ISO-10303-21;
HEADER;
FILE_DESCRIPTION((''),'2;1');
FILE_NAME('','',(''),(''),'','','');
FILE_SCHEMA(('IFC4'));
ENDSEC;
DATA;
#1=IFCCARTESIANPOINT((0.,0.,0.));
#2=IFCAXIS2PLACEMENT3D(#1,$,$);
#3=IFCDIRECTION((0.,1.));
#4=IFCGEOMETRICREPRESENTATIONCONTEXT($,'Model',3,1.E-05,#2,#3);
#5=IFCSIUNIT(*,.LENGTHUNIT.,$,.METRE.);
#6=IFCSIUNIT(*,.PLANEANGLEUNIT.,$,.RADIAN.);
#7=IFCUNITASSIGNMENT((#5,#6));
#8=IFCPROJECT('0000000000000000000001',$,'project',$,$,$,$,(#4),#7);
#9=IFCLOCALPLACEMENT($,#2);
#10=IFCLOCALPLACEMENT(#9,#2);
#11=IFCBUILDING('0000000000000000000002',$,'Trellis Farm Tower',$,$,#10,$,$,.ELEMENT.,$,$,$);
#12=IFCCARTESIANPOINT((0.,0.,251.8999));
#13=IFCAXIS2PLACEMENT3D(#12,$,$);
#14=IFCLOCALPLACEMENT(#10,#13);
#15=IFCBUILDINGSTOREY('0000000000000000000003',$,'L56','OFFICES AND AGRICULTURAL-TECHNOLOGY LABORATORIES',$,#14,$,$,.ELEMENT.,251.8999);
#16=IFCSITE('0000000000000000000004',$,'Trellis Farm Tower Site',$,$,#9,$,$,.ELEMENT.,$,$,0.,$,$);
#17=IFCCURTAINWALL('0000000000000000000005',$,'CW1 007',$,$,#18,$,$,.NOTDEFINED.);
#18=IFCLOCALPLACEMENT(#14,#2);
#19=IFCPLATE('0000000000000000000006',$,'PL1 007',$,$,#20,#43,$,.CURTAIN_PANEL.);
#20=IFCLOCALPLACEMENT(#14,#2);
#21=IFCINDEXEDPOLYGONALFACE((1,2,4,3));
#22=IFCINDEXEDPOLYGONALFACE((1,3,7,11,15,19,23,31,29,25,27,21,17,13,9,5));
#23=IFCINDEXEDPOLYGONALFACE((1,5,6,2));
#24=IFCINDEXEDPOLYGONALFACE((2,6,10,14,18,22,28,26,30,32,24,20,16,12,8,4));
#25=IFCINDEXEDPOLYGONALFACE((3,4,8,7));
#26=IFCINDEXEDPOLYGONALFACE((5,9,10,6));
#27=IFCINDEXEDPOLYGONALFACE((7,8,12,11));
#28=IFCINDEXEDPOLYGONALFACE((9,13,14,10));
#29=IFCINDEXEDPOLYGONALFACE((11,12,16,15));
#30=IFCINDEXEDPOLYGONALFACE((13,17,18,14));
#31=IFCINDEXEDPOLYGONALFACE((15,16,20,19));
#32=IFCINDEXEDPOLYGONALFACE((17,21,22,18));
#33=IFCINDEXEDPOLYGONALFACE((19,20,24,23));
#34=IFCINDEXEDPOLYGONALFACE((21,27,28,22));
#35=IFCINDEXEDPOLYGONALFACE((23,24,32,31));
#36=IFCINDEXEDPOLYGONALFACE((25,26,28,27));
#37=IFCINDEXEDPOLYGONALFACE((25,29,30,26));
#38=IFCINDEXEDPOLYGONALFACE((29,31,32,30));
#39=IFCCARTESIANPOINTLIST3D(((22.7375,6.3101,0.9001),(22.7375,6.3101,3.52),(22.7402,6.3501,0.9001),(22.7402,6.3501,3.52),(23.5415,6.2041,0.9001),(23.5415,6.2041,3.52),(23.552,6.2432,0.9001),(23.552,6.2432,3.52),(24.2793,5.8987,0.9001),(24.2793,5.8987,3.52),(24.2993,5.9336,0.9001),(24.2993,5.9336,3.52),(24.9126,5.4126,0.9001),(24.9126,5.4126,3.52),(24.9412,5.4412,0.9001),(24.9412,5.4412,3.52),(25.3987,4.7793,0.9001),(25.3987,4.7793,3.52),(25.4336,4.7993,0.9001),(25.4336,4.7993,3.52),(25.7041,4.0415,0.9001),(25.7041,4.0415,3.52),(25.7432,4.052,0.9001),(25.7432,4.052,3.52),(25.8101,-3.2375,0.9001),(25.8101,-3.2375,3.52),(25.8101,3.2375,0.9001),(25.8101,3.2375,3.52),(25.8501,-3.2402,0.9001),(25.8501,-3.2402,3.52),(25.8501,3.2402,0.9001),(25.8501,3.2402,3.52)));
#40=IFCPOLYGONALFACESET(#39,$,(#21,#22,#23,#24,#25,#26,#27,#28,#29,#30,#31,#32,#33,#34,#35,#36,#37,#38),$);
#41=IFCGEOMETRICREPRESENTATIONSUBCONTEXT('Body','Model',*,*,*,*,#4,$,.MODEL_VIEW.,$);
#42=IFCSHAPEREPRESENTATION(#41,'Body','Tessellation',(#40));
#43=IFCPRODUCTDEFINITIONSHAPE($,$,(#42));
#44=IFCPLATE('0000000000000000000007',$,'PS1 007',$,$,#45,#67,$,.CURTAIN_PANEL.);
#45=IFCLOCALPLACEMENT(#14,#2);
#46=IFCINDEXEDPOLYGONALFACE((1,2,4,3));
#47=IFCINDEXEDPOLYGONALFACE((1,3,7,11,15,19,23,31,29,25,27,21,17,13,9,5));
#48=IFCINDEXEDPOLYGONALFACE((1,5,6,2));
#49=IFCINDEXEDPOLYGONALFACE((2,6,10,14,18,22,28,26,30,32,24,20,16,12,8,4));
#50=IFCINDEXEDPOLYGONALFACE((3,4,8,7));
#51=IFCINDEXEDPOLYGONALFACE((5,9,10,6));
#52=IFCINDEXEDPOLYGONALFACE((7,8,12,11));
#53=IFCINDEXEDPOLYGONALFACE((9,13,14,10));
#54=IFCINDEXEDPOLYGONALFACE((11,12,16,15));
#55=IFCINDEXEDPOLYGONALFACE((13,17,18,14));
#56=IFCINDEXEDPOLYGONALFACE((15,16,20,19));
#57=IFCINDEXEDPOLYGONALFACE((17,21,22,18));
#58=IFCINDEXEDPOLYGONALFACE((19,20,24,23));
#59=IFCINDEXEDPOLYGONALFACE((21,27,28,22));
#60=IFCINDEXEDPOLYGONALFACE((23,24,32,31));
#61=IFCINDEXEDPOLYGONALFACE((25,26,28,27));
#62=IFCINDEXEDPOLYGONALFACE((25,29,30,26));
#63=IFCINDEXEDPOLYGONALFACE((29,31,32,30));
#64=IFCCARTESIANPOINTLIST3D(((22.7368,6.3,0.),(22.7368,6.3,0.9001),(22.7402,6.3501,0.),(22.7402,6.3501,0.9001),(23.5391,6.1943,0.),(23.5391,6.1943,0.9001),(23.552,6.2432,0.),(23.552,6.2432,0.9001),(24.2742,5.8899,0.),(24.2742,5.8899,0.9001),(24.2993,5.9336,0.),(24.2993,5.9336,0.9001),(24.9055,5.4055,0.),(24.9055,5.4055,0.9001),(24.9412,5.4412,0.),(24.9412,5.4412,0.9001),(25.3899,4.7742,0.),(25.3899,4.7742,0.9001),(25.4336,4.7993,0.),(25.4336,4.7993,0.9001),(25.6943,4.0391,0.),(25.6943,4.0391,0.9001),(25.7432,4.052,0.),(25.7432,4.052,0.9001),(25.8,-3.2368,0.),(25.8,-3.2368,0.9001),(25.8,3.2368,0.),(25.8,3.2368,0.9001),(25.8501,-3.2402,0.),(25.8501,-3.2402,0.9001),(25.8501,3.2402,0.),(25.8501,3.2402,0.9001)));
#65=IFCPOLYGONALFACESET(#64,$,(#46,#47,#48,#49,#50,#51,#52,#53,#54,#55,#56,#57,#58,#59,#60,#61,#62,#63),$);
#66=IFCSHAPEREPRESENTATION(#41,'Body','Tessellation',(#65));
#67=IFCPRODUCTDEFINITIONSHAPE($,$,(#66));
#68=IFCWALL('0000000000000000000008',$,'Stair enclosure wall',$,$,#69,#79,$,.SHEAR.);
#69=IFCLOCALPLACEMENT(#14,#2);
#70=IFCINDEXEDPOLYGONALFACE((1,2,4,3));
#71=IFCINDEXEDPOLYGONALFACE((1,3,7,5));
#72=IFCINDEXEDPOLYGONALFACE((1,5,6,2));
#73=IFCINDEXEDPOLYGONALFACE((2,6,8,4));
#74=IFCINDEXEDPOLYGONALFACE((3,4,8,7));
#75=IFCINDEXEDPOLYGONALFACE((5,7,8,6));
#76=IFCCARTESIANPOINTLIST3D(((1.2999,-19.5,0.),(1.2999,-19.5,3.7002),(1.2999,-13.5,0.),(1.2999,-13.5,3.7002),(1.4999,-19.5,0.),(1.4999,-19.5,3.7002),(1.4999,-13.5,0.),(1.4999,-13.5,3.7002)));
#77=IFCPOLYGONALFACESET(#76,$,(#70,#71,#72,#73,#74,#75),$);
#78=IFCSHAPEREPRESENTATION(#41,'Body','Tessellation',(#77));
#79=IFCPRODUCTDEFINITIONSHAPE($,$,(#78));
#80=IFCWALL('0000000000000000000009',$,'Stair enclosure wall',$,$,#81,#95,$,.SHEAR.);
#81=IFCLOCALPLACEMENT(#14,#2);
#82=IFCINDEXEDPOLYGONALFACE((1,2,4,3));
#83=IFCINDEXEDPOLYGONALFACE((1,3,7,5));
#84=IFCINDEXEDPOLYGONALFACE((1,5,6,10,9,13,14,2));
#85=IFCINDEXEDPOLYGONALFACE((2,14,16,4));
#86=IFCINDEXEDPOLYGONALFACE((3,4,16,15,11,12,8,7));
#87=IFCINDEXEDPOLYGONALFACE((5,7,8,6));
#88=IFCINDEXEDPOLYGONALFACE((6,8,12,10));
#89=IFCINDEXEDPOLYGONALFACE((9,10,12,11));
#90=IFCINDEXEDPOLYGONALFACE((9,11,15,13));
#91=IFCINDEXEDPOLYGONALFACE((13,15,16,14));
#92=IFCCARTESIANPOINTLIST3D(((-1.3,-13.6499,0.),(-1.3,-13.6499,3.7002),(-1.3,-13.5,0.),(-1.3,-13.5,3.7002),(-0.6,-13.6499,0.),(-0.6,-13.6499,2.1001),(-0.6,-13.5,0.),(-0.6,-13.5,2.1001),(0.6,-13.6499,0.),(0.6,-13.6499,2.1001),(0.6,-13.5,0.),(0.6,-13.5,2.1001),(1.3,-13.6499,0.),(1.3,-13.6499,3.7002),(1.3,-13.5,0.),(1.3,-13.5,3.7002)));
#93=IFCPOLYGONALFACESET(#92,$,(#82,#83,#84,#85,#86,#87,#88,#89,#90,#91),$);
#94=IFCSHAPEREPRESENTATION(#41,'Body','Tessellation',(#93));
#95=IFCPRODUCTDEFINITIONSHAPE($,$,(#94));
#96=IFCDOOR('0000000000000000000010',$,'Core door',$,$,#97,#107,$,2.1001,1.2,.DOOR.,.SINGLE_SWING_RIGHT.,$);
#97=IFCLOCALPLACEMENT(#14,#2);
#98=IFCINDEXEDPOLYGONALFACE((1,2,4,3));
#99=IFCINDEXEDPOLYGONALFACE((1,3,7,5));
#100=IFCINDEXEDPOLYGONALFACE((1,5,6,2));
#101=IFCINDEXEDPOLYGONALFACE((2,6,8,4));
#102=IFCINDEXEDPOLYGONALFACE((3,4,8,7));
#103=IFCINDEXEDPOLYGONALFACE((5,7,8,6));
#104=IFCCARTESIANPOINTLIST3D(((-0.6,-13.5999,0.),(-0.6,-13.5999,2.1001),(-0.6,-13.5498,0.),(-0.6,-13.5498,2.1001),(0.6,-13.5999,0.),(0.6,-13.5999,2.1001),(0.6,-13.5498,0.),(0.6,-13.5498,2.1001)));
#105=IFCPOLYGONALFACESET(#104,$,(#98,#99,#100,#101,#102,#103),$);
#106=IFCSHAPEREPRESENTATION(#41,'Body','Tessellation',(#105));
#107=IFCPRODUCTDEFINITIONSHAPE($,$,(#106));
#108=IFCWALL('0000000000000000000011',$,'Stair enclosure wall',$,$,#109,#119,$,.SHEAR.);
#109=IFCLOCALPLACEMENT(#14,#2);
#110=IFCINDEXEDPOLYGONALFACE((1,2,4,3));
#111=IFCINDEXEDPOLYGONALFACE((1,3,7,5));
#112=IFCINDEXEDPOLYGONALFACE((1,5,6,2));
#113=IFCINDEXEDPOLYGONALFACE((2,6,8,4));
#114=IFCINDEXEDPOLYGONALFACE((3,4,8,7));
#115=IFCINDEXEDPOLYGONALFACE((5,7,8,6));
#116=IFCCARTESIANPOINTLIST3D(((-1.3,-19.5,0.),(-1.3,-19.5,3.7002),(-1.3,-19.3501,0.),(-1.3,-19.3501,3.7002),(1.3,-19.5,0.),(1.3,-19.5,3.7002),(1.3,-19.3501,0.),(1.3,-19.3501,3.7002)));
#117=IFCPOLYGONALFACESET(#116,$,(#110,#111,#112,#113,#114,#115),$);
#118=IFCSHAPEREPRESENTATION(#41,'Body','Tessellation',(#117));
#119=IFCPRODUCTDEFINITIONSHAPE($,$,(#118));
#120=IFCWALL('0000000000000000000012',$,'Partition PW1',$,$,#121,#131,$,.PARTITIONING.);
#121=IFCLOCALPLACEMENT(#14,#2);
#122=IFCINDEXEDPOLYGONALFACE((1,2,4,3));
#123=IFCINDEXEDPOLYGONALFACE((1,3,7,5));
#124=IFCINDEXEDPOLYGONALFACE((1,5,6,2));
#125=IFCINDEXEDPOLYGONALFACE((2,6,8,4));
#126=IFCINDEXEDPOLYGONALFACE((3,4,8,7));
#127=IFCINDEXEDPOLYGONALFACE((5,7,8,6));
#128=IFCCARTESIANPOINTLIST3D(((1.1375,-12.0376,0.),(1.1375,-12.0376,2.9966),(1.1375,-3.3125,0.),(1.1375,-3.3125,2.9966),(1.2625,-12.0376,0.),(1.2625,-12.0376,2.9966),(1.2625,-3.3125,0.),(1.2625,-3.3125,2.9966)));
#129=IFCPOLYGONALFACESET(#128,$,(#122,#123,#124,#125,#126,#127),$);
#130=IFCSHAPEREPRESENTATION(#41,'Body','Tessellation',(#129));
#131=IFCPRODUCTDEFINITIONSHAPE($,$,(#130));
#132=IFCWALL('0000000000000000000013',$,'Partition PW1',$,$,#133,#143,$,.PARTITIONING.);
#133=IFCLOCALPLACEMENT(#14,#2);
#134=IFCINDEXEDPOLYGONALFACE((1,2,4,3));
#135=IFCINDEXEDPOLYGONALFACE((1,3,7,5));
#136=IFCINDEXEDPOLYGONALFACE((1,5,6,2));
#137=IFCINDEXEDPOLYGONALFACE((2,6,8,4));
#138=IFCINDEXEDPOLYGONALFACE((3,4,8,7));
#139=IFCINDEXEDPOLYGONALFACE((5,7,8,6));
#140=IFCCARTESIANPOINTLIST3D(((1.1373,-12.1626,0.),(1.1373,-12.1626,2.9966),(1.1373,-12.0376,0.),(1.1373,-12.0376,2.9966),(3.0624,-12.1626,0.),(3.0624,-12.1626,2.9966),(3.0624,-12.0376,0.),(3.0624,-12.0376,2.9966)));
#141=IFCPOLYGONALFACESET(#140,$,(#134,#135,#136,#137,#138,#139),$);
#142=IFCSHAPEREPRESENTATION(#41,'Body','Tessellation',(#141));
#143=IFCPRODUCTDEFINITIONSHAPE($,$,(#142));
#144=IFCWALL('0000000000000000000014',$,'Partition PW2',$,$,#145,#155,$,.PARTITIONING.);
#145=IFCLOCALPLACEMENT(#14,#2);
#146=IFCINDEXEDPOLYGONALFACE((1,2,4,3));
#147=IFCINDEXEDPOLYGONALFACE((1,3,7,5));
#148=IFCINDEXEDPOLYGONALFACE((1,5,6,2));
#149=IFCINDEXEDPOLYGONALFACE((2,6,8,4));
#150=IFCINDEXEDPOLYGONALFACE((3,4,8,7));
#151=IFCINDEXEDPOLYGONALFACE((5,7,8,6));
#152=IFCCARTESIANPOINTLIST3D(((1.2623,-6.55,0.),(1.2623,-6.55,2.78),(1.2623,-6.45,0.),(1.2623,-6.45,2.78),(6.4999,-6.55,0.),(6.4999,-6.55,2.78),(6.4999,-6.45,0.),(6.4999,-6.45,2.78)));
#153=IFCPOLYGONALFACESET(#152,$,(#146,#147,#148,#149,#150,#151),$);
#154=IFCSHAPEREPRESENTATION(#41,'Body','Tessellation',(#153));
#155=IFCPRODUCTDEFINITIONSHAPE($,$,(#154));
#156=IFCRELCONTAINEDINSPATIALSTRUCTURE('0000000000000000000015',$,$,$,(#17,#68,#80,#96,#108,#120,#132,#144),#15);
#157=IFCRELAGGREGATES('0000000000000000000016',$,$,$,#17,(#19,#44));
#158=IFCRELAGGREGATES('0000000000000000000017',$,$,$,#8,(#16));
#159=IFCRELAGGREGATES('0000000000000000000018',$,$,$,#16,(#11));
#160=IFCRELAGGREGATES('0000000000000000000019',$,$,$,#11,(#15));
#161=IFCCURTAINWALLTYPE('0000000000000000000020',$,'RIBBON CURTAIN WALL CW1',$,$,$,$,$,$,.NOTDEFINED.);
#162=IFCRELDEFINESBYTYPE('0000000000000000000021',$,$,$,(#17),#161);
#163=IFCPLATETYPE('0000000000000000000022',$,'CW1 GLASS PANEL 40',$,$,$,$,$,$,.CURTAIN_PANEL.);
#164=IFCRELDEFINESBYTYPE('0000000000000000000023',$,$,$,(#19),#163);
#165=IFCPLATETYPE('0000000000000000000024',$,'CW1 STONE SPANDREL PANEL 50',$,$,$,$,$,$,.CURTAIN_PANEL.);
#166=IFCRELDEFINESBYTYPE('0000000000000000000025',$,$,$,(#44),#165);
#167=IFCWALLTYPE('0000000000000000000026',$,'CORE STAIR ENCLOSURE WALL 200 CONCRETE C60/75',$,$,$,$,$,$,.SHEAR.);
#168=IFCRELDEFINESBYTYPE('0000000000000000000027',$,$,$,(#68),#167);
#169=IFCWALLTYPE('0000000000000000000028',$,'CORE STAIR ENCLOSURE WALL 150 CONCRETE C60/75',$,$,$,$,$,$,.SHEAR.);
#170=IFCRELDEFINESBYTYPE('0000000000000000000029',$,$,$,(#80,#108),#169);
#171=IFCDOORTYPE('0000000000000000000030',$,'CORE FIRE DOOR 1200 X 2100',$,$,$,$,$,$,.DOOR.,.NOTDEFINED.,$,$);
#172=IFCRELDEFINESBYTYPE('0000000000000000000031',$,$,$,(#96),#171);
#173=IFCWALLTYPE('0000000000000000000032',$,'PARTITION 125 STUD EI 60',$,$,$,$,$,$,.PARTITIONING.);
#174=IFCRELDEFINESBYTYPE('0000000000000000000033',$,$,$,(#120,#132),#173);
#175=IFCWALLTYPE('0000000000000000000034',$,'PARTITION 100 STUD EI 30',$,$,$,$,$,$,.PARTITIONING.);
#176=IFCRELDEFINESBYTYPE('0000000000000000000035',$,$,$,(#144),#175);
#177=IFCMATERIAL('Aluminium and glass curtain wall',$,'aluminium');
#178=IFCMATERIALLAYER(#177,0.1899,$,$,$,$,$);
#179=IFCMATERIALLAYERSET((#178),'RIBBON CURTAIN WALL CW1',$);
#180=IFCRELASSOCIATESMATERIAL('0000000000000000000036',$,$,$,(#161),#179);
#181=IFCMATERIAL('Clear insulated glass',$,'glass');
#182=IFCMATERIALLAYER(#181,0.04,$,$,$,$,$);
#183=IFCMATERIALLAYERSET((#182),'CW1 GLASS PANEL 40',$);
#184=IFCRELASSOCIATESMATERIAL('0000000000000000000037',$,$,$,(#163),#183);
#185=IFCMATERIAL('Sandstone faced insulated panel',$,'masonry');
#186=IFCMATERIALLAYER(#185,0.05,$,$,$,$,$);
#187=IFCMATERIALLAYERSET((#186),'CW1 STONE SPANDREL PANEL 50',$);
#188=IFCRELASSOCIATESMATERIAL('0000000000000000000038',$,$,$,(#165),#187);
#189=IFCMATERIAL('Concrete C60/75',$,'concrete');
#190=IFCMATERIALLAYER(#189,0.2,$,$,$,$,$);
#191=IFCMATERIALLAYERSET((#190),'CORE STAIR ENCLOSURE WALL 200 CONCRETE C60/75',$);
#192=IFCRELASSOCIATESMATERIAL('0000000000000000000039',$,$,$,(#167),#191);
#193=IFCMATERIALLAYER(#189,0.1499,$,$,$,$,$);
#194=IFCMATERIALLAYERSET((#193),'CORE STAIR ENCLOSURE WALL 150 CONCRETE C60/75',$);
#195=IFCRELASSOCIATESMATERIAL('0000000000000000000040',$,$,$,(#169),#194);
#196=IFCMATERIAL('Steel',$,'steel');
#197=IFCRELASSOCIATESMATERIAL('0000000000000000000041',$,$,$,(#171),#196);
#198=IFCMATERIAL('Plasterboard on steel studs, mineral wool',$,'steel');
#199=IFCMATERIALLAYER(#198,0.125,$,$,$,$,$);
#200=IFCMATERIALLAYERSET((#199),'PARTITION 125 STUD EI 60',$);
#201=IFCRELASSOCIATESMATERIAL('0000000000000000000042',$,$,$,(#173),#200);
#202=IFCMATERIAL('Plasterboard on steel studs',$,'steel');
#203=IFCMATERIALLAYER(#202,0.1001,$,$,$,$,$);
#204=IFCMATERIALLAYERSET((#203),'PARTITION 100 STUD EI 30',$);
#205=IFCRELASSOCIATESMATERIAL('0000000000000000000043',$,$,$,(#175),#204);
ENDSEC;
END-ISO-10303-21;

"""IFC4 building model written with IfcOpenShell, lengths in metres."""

from ifc_helpers import new_model, si_unit, direction, frame, frame_2d, origin, place, context, subcontext, project, spatial, polyline, rectangle, outline, extrude, source, transform, mapped, material, layer, layer_set, type_object, element, fill, aggregate, save


model = new_model("IFC4")

# Units and contexts
model_context = context("Model", 3, precision=1e-05, world=origin(), true_north=direction((0.0, 1.0)))
body_context = subcontext(model_context, "Body", "Model", "MODEL_VIEW")
ifc_project = project(units=[si_unit("LENGTHUNIT", "METRE"), si_unit("PLANEANGLEUNIT", "RADIAN")], contexts=[model_context])

# Site, building, storey
site_placement = place(None, origin())
site = spatial("IfcSite", under=ifc_project, at=site_placement, Name="Trellis Farm Tower Site", CompositionType="ELEMENT", RefElevation=0.0)
building_placement = place(site_placement, origin())
building = spatial("IfcBuilding", under=site, at=building_placement, Name="Trellis Farm Tower", CompositionType="ELEMENT")
storey_placement = place(building_placement, frame((0.0, 0.0, 251.8999)))
storey = spatial("IfcBuildingStorey", under=building, at=storey_placement, Name="L56", Description="OFFICES AND AGRICULTURAL-TECHNOLOGY LABORATORIES", CompositionType="ELEMENT", Elevation=251.8999)

# Shared definitions
ifc_material_1 = material(Name="Concrete C60/75", Category="concrete")

# Curtain wall
ifc_material_2 = material(Name="Aluminium and glass curtain wall", Category="aluminium")
placement_1 = place(storey_placement, origin())
ifc_layer_1 = layer(ifc_material_2, 0.1899)
ifc_layer_set_1 = layer_set([ifc_layer_1], Name="RIBBON CURTAIN WALL CW1")
curtain_wall_type_1 = type_object("IfcCurtainWallType", Name="RIBBON CURTAIN WALL CW1", PredefinedType="NOTDEFINED", material=ifc_layer_set_1)
curtain_wall_1 = element("IfcCurtainWall", 1, at=placement_1, inside=storey, type_object=curtain_wall_type_1, Name="CW1 007", PredefinedType="NOTDEFINED")

# Shared definitions
ifc_material_3 = material(Name="Clear insulated glass", Category="glass")
ifc_layer_2 = layer(ifc_material_3, 0.04)
ifc_layer_set_2 = layer_set([ifc_layer_2], Name="CW1 GLASS PANEL 40")
plate_type_1 = type_object("IfcPlateType", Name="CW1 GLASS PANEL 40", PredefinedType="CURTAIN_PANEL", material=ifc_layer_set_2)
placement_2 = place(storey_placement, frame((0.0, 0.0, 0.9001)))
ifc_material_4 = material(Name="Sandstone faced insulated panel", Category="masonry")
ifc_layer_3 = layer(ifc_material_4, 0.05)
ifc_layer_set_3 = layer_set([ifc_layer_3], Name="CW1 STONE SPANDREL PANEL 50")
plate_type_2 = type_object("IfcPlateType", Name="CW1 STONE SPANDREL PANEL 50", PredefinedType="CURTAIN_PANEL", material=ifc_layer_set_3)

# Plates
shared_shape_1 = source(origin(), body_context, "Body", "SweptSolid", [
    extrude(outline(polyline([(25.8501, -3.2402), (25.8501, 3.2402), (25.7432, 4.052), (25.4336, 4.7993), (24.9412, 5.4412), (24.2993, 5.9336), (23.552, 6.2432), (22.7402, 6.3501), (22.7375, 6.3101), (23.5415, 6.2041), (24.2793, 5.8987), (24.9126, 5.4126), (25.3987, 4.7793), (25.7041, 4.0415), (25.8101, 3.2375), (25.8101, -3.2375), (25.8501, -3.2402)])), origin(), (0.0, 0.0, 1.0), 2.6199),
])
plate_1 = element("IfcPlate", 2, at=placement_2, type_object=plate_type_1, Name="PL1 007", PredefinedType="CURTAIN_PANEL", context=body_context, shape_type="MappedRepresentation", body=[
    mapped(shared_shape_1, transform((0.0, 0.0, 0.0))),
])
shared_shape_2 = source(origin(), body_context, "Body", "SweptSolid", [
    extrude(outline(polyline([(25.8501, -3.2402), (25.8501, 3.2402), (25.7432, 4.052), (25.4336, 4.7993), (24.9412, 5.4412), (24.2993, 5.9336), (23.552, 6.2432), (22.7402, 6.3501), (22.7368, 6.3), (23.5391, 6.1943), (24.2742, 5.8899), (24.9055, 5.4055), (25.3899, 4.7742), (25.6943, 4.0391), (25.8, 3.2368), (25.8, -3.2368), (25.8501, -3.2402)])), origin(), (0.0, 0.0, 1.0), 0.9001),
])
plate_2 = element("IfcPlate", 3, at=placement_1, type_object=plate_type_2, Name="PS1 007", PredefinedType="CURTAIN_PANEL", context=body_context, shape_type="MappedRepresentation", body=[
    mapped(shared_shape_2, transform((0.0, 0.0, 0.0))),
])
aggregate(curtain_wall_1, [plate_1, plate_2])

# Wall
ifc_layer_4 = layer(ifc_material_1, 0.2)
ifc_layer_set_4 = layer_set([ifc_layer_4], Name="CORE STAIR ENCLOSURE WALL 200 CONCRETE C60/75")
wall_type_1 = type_object("IfcWallType", Name="CORE STAIR ENCLOSURE WALL 200 CONCRETE C60/75", PredefinedType="SHEAR", material=ifc_layer_set_4)
shared_shape_3 = source(origin(), body_context, "Body", "SweptSolid", [
    extrude(rectangle(XDim=6.0, YDim=0.2, at=frame_2d((3.0, 0.0))), origin(), (0.0, 0.0, 1.0), 3.7002),
])
wall_1_placement = place(storey_placement, frame((1.3999, -13.5, 0.0), z_axis=(0.0, 0.0, 1.0), x_axis=(0.0, -1.0, 0.0)))
element("IfcWall", 4, at=wall_1_placement, inside=storey, type_object=wall_type_1, Name="Stair enclosure wall", PredefinedType="SHEAR", context=body_context, shape_type="MappedRepresentation", body=[
    mapped(shared_shape_3, transform((0.0, 0.0, 0.0))),
])

# Wall, opening, door
ifc_layer_5 = layer(ifc_material_1, 0.1499)
ifc_layer_set_5 = layer_set([ifc_layer_5], Name="CORE STAIR ENCLOSURE WALL 150 CONCRETE C60/75")
wall_type_2 = type_object("IfcWallType", Name="CORE STAIR ENCLOSURE WALL 150 CONCRETE C60/75", PredefinedType="SHEAR", material=ifc_layer_set_5)
shared_shape_4 = source(origin(), body_context, "Body", "SweptSolid", [
    extrude(rectangle(XDim=2.6001, YDim=0.1499, at=frame_2d((1.3, 0.0))), origin(), (0.0, 0.0, 1.0), 3.7002),
])
wall_2_placement = place(storey_placement, frame((1.3, -13.575, 0.0), z_axis=(0.0, 0.0, 1.0), x_axis=(-1.0, 0.0, 0.0)))
wall_2 = element("IfcWall", 5, at=wall_2_placement, inside=storey, type_object=wall_type_2, Name="Stair enclosure wall", PredefinedType="SHEAR", context=body_context, shape_type="MappedRepresentation", body=[
    mapped(shared_shape_4, transform((0.0, 0.0, 0.0))),
])
shared_shape_5 = source(origin(), body_context, "Body", "SweptSolid", [
    extrude(rectangle(XDim=1.2, YDim=2.1001, at=frame_2d((0.6001, 1.05))), frame((0.0, 0.085, 0.0), z_axis=(0.0, -1.0, 0.0), x_axis=(1.0, 0.0, 0.0)), (0.0, 0.0, 1.0), 0.1699),
])
opening_1_placement = place(wall_2_placement, frame((0.7, 0.0, 0.0)))
opening_1 = element("IfcOpeningElement", 6, at=opening_1_placement, cuts=wall_2, PredefinedType="OPENING", context=body_context, shape_type="MappedRepresentation", body=[
    mapped(shared_shape_5, transform((0.0, 0.0, 0.0))),
])
ifc_material_5 = material(Name="Steel", Category="steel")
door_type_1 = type_object("IfcDoorType", Name="CORE FIRE DOOR 1200 X 2100", OperationType="NOTDEFINED", PredefinedType="DOOR", material=ifc_material_5)
shared_shape_6 = source(origin(), body_context, "Body", "SweptSolid", [
    extrude(rectangle(XDim=1.2, YDim=2.1001, at=frame_2d((0.6001, 1.05))), frame((0.0, 0.0249, 0.0), z_axis=(0.0, -1.0, 0.0), x_axis=(1.0, 0.0, 0.0)), (0.0, 0.0, 1.0), 0.05),
])
door_1_placement = place(opening_1_placement, origin())
door_1 = element("IfcDoor", 7, at=door_1_placement, inside=storey, type_object=door_type_1, Name="Core door", OperationType="SINGLE_SWING_RIGHT", OverallHeight=2.1001, OverallWidth=1.2, PredefinedType="DOOR", context=body_context, shape_type="MappedRepresentation", body=[
    mapped(shared_shape_6, transform((0.0, 0.0, 0.0))),
])
fill(opening_1, door_1)

# Walls
wall_3_placement = place(storey_placement, frame((1.3, -19.425, 0.0), z_axis=(0.0, 0.0, 1.0), x_axis=(-1.0, 0.0, 0.0)))
element("IfcWall", 8, at=wall_3_placement, inside=storey, type_object=wall_type_2, Name="Stair enclosure wall", PredefinedType="SHEAR", context=body_context, shape_type="MappedRepresentation", body=[
    mapped(shared_shape_4, transform((0.0, 0.0, 0.0))),
])
ifc_material_6 = material(Name="Plasterboard on steel studs, mineral wool", Category="steel")
ifc_layer_6 = layer(ifc_material_6, 0.125)
ifc_layer_set_6 = layer_set([ifc_layer_6], Name="PARTITION 125 STUD EI 60")
wall_type_3 = type_object("IfcWallType", Name="PARTITION 125 STUD EI 60", PredefinedType="PARTITIONING", material=ifc_layer_set_6)
shared_shape_7 = source(origin(), body_context, "Body", "SweptSolid", [
    extrude(rectangle(XDim=8.7251, YDim=0.125, at=frame_2d((4.3625, 0.0))), origin(), (0.0, 0.0, 1.0), 2.9966),
])
wall_4_placement = place(storey_placement, frame((1.2, -3.3125, 0.0), z_axis=(0.0, 0.0, 1.0), x_axis=(0.0, -1.0, 0.0)))
element("IfcWall", 9, at=wall_4_placement, inside=storey, type_object=wall_type_3, Name="Partition PW1", PredefinedType="PARTITIONING", context=body_context, shape_type="MappedRepresentation", body=[
    mapped(shared_shape_7, transform((0.0, 0.0, 0.0))),
])
shared_shape_8 = source(origin(), body_context, "Body", "SweptSolid", [
    extrude(rectangle(XDim=1.925, YDim=0.125, at=frame_2d((0.9624, 0.0))), origin(), (0.0, 0.0, 1.0), 2.9966),
])
wall_5_placement = place(storey_placement, frame((1.1375, -12.1001, 0.0), z_axis=(0.0, 0.0, 1.0), x_axis=(1.0, 0.0, 0.0)))
element("IfcWall", 10, at=wall_5_placement, inside=storey, type_object=wall_type_3, Name="Partition PW1", PredefinedType="PARTITIONING", context=body_context, shape_type="MappedRepresentation", body=[
    mapped(shared_shape_8, transform((0.0, 0.0, 0.0))),
])
ifc_material_7 = material(Name="Plasterboard on steel studs", Category="steel")
ifc_layer_7 = layer(ifc_material_7, 0.1001)
ifc_layer_set_7 = layer_set([ifc_layer_7], Name="PARTITION 100 STUD EI 30")
wall_type_4 = type_object("IfcWallType", Name="PARTITION 100 STUD EI 30", PredefinedType="PARTITIONING", material=ifc_layer_set_7)
shared_shape_9 = source(origin(), body_context, "Body", "SweptSolid", [
    extrude(rectangle(XDim=5.2375, YDim=0.1001, at=frame_2d((2.6187, 0.0))), origin(), (0.0, 0.0, 1.0), 2.78),
])
wall_6_placement = place(storey_placement, frame((1.2625, -6.5, 0.0), z_axis=(0.0, 0.0, 1.0), x_axis=(1.0, 0.0, 0.0)))
element("IfcWall", 11, at=wall_6_placement, inside=storey, type_object=wall_type_4, Name="Partition PW2", PredefinedType="PARTITIONING", context=body_context, shape_type="MappedRepresentation", body=[
    mapped(shared_shape_9, transform((0.0, 0.0, 0.0))),
])

save(model, "model.ifc")
